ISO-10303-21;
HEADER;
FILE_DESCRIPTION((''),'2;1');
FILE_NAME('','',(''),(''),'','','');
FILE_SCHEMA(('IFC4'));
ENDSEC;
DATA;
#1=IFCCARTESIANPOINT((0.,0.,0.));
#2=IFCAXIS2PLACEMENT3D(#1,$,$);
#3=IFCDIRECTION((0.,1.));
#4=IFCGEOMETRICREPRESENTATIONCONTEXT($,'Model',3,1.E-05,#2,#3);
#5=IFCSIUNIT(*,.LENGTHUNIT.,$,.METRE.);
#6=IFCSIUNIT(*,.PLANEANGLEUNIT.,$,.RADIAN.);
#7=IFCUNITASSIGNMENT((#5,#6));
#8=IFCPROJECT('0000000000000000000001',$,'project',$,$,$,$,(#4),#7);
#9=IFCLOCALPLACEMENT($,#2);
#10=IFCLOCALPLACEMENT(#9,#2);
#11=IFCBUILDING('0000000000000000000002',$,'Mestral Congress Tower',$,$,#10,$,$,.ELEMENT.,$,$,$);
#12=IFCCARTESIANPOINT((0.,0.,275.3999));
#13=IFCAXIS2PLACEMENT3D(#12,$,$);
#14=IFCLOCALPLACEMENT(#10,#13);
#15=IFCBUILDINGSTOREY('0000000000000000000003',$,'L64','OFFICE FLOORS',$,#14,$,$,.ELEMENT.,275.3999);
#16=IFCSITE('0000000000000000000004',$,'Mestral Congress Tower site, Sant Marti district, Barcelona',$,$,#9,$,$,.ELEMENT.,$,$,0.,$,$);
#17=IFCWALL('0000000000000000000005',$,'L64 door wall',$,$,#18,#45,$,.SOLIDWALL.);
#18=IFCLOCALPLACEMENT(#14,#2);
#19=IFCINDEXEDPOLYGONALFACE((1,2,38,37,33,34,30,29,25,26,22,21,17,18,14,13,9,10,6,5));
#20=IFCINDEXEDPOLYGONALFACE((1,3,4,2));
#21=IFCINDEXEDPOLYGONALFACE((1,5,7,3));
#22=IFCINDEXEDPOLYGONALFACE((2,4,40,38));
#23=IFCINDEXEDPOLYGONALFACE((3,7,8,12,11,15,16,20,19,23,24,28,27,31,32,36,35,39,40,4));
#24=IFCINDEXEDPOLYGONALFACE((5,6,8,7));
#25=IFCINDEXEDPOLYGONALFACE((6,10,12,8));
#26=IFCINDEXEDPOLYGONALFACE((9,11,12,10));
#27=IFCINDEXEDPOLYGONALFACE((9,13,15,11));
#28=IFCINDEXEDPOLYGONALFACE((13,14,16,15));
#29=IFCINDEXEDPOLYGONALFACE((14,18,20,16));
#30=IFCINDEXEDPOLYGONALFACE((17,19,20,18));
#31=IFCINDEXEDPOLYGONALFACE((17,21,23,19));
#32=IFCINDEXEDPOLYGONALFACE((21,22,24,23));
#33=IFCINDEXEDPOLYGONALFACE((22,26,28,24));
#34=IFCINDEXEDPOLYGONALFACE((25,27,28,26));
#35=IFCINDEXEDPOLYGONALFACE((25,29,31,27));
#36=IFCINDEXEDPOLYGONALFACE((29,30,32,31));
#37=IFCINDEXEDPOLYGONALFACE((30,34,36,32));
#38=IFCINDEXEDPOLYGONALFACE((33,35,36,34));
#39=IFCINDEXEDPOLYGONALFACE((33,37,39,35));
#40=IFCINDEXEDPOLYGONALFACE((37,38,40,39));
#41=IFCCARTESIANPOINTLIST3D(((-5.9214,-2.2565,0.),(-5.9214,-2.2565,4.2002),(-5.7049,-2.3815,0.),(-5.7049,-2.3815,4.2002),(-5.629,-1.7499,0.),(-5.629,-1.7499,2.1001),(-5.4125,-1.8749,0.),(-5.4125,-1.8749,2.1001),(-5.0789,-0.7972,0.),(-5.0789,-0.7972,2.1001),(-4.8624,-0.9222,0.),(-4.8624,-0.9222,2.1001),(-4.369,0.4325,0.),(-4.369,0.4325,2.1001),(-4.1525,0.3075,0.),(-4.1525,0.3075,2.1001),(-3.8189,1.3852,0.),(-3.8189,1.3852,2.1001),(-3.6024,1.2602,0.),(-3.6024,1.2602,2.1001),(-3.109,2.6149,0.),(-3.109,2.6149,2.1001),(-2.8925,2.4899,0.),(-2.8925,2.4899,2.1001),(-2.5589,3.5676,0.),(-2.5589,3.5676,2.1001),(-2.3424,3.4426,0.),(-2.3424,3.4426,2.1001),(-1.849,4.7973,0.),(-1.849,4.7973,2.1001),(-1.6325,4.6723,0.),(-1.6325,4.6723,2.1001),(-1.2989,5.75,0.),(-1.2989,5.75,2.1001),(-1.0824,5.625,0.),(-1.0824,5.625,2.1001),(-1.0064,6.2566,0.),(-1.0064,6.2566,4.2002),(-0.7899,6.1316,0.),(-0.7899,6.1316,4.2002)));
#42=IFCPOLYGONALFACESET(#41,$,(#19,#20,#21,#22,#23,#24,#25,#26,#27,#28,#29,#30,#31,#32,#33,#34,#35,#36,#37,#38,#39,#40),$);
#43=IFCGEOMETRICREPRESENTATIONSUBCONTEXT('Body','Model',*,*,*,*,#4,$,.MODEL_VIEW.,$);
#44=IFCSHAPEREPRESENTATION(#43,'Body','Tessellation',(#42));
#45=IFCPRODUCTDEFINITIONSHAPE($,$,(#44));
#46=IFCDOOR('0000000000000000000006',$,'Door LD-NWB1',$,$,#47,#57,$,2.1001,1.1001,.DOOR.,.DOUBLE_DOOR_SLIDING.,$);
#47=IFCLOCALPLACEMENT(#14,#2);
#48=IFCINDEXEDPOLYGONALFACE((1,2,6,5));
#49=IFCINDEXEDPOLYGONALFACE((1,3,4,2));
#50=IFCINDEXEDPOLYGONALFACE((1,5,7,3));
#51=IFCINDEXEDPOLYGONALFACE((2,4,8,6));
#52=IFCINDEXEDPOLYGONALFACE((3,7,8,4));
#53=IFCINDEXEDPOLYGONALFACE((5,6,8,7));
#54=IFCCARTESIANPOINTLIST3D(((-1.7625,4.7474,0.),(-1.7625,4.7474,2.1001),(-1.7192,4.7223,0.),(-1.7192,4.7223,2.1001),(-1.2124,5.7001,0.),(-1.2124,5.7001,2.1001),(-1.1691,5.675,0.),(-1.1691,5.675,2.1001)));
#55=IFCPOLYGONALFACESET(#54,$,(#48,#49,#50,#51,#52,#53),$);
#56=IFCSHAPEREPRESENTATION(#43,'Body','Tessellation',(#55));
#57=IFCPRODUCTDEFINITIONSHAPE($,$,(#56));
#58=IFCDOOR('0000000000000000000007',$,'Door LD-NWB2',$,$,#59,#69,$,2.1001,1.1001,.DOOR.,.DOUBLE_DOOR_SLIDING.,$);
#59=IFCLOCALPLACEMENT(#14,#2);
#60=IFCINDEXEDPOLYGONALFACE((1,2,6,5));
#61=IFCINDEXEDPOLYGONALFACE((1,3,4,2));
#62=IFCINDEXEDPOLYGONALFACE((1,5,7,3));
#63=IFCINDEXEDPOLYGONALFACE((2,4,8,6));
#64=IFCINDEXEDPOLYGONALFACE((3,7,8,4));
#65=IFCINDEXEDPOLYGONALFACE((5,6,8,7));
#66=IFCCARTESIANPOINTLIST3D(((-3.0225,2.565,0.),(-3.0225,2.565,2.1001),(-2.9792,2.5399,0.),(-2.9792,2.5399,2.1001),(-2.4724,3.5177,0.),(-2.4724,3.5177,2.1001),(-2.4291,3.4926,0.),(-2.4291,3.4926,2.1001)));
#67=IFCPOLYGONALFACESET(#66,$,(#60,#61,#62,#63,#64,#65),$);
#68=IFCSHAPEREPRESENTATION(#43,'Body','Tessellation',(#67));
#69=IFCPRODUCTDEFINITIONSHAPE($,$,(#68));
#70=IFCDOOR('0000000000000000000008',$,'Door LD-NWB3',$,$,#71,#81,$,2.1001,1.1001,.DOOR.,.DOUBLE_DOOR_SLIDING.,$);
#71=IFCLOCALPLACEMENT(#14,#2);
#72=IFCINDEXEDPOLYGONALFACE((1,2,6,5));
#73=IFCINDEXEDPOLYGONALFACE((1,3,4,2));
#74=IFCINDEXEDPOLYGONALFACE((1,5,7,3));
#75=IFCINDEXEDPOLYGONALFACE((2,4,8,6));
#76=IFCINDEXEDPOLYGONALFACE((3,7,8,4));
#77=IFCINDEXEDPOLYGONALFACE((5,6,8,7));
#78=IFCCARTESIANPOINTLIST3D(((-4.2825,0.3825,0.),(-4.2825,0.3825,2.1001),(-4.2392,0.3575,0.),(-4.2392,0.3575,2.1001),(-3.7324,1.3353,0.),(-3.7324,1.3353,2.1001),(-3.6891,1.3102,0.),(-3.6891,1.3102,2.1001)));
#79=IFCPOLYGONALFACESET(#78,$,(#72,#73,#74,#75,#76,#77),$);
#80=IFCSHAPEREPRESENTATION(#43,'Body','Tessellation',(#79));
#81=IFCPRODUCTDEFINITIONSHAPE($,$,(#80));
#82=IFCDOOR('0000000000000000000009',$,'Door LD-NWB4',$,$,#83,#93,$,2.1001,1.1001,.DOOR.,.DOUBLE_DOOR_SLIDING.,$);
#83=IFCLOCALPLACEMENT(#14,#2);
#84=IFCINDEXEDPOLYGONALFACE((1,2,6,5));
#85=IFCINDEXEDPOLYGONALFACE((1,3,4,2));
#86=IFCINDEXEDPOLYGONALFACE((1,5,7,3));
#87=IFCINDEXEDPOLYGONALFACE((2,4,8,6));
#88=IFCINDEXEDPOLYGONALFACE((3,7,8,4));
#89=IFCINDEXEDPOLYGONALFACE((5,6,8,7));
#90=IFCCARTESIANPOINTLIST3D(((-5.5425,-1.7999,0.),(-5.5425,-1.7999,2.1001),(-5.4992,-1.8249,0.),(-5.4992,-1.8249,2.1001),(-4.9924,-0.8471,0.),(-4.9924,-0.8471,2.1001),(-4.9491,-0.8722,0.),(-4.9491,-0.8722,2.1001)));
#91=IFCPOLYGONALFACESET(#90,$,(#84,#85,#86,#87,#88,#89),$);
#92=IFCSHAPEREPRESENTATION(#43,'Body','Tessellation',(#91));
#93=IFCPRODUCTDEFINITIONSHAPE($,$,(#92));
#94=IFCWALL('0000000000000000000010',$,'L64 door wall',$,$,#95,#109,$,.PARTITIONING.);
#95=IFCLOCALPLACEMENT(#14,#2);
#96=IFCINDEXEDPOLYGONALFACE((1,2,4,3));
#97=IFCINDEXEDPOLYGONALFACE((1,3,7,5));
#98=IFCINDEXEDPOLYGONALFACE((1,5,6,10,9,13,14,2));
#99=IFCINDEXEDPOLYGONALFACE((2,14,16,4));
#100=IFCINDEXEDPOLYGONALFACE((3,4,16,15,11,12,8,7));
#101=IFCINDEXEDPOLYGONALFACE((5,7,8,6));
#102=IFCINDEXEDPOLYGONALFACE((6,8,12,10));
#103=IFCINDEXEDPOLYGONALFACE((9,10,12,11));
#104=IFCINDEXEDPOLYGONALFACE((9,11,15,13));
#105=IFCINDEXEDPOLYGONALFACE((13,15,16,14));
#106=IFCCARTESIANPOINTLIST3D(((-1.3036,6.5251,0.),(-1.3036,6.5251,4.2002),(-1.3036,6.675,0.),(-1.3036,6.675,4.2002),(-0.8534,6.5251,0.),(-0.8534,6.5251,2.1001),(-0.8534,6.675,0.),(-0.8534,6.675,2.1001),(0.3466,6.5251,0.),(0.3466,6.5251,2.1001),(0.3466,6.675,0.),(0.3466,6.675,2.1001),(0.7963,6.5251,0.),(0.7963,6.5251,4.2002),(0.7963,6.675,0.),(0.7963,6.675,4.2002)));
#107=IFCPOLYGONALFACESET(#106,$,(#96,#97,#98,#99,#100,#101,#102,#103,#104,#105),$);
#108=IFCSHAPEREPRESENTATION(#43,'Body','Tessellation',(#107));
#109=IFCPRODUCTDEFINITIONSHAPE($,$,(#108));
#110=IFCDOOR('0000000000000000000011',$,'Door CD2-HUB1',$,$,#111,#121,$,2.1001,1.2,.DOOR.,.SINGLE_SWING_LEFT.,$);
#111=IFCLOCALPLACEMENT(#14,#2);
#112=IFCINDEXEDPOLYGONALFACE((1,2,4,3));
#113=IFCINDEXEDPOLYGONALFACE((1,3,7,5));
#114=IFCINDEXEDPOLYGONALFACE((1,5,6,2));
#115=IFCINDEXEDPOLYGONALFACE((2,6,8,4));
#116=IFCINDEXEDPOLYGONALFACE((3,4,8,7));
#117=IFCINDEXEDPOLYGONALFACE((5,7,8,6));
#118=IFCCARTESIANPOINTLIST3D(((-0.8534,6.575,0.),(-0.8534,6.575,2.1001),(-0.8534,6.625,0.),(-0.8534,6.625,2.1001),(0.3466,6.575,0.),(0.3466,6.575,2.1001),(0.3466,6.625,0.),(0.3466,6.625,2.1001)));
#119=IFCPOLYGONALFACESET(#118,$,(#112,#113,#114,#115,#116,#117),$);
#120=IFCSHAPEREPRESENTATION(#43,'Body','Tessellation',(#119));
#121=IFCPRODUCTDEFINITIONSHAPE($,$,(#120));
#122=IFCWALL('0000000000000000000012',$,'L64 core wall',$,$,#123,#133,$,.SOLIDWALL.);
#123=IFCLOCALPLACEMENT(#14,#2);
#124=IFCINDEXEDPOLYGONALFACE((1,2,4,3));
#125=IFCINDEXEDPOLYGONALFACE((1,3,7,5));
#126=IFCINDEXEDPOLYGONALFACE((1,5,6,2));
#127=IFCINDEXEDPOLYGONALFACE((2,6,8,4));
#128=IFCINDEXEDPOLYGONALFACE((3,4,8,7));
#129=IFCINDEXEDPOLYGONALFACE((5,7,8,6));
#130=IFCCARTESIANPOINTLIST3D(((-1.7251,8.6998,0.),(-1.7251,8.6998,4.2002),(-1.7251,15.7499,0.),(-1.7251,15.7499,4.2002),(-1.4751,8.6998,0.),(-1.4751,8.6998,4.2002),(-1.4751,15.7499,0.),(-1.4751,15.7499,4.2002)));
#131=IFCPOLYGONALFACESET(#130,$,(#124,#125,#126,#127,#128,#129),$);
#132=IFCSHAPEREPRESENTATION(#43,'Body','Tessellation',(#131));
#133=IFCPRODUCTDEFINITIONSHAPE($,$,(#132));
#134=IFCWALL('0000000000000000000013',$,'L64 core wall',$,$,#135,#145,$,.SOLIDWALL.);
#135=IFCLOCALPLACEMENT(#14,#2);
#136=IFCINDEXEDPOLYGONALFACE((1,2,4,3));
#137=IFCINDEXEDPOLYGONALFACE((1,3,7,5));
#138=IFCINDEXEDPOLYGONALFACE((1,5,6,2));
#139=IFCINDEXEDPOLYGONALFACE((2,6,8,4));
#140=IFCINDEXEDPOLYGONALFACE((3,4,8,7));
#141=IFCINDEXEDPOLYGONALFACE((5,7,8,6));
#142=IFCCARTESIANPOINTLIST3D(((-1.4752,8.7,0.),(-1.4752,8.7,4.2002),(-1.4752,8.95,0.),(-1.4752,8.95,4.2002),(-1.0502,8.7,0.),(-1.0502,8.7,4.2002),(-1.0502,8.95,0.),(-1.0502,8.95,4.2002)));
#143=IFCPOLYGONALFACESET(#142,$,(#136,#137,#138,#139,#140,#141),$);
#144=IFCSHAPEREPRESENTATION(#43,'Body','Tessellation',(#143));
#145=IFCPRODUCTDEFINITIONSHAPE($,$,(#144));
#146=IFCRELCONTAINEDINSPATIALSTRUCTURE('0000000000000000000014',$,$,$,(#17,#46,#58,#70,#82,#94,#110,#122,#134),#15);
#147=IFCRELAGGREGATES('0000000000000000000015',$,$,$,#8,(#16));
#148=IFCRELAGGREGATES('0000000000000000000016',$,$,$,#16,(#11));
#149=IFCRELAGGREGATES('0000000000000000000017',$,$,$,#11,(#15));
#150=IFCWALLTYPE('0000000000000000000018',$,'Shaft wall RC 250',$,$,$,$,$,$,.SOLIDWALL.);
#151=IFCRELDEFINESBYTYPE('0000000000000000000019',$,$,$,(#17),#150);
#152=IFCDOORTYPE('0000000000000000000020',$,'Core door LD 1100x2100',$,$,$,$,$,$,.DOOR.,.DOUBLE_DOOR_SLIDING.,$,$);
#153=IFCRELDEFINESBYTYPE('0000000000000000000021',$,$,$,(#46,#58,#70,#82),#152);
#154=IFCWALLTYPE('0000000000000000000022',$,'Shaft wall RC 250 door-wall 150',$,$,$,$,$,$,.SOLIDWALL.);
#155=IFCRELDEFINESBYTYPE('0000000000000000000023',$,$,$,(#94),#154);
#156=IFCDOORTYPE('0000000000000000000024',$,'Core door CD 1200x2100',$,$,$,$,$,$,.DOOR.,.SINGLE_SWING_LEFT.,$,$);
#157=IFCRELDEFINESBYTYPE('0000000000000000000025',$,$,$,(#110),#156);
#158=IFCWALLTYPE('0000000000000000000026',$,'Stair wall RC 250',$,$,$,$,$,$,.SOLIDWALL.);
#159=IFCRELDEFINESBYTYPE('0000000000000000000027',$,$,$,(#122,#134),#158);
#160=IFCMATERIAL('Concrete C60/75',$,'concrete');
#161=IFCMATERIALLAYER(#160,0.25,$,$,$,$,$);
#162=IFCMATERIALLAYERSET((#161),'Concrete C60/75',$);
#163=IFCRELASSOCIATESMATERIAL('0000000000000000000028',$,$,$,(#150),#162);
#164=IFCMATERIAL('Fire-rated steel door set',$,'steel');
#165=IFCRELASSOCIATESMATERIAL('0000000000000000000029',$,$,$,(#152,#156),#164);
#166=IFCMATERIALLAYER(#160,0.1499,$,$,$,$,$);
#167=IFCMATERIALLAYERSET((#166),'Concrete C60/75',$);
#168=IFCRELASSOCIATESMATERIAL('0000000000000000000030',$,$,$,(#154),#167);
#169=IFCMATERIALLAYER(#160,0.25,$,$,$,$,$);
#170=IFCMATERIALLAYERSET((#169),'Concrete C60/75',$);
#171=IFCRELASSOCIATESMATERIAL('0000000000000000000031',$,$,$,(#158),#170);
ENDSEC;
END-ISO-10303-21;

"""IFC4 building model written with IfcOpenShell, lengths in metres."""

from ifc_helpers import new_model, si_unit, direction, frame, frame_2d, origin, place, context, subcontext, project, spatial, rectangle, extrude, material, layer, layer_set, type_object, element, fill, save


model = new_model("IFC4")

# Units and contexts
model_context = context("Model", 3, precision=1e-05, world=origin(), true_north=direction((0.0, 1.0)))
body_context = subcontext(model_context, "Body", "Model", "MODEL_VIEW")
ifc_project = project(units=[si_unit("LENGTHUNIT", "METRE"), si_unit("PLANEANGLEUNIT", "RADIAN")], contexts=[model_context])

# Site, building, storey
site_placement = place(None, origin())
site = spatial("IfcSite", under=ifc_project, at=site_placement, Name="Mestral Congress Tower site, Sant Marti district, Barcelona", CompositionType="ELEMENT", RefElevation=0.0)
building_placement = place(site_placement, origin())
building = spatial("IfcBuilding", under=site, at=building_placement, Name="Mestral Congress Tower", CompositionType="ELEMENT")
storey_placement = place(building_placement, frame((0.0, 0.0, 275.3999)))
storey = spatial("IfcBuildingStorey", under=building, at=storey_placement, Name="L64", Description="OFFICE FLOORS", CompositionType="ELEMENT", Elevation=275.3999)

# Shared definitions
ifc_material_1 = material(Name="Concrete C60/75", Category="concrete")

# Shared definitions
ifc_material_2 = material(Name="Fire-rated steel door set", Category="steel")

# Shared definitions
ifc_layer_1 = layer(ifc_material_1, 0.25)
ifc_layer_set_1 = layer_set([ifc_layer_1], Name="Concrete C60/75")
wall_type_1 = type_object("IfcWallType", Name="Shaft wall RC 250", PredefinedType="SOLIDWALL", material=ifc_layer_set_1)

# Wall, openings, doors
wall_1_placement = place(storey_placement, frame((-0.8982, 6.1941, 0.0), z_axis=(0.0, 0.0, 1.0), x_axis=(-0.499996, -0.866028, 0.0)))
wall_1 = element("IfcWall", 1, at=wall_1_placement, inside=storey, type_object=wall_type_1, Name="L64 door wall", PredefinedType="SOLIDWALL", context=body_context, shape_type="SweptSolid", body=[
    extrude(rectangle(XDim=9.8301, YDim=0.25, at=frame_2d((4.915, 0.0))), origin(), (0.0, 0.0, 1.0), 4.2002),
])
opening_1_placement = place(wall_1_placement, frame((0.585, 0.0, 0.0)))
opening_1 = element("IfcOpeningElement", 2, at=opening_1_placement, cuts=wall_1, PredefinedType="OPENING", context=body_context, shape_type="SweptSolid", body=[
    extrude(rectangle(XDim=1.1001, YDim=2.1001, at=frame_2d((0.55, 1.05))), frame((0.0, 0.135, 0.0), z_axis=(0.0, -1.0, 0.0), x_axis=(1.0, 0.0, 0.0)), (0.0, 0.0, 1.0), 0.27),
])
opening_2_placement = place(wall_1_placement, frame((3.105, 0.0, 0.0)))
opening_2 = element("IfcOpeningElement", 3, at=opening_2_placement, cuts=wall_1, PredefinedType="OPENING", context=body_context, shape_type="SweptSolid", body=[
    extrude(rectangle(XDim=1.1001, YDim=2.1001, at=frame_2d((0.55, 1.05))), frame((0.0, 0.135, 0.0), z_axis=(0.0, -1.0, 0.0), x_axis=(1.0, 0.0, 0.0)), (0.0, 0.0, 1.0), 0.27),
])
opening_3_placement = place(wall_1_placement, frame((5.625, 0.0, 0.0)))
opening_3 = element("IfcOpeningElement", 4, at=opening_3_placement, cuts=wall_1, PredefinedType="OPENING", context=body_context, shape_type="SweptSolid", body=[
    extrude(rectangle(XDim=1.1001, YDim=2.1001, at=frame_2d((0.55, 1.05))), frame((0.0, 0.135, 0.0), z_axis=(0.0, -1.0, 0.0), x_axis=(1.0, 0.0, 0.0)), (0.0, 0.0, 1.0), 0.27),
])
opening_4_placement = place(wall_1_placement, frame((8.145, 0.0, 0.0)))
opening_4 = element("IfcOpeningElement", 5, at=opening_4_placement, cuts=wall_1, PredefinedType="OPENING", context=body_context, shape_type="SweptSolid", body=[
    extrude(rectangle(XDim=1.1001, YDim=2.1001, at=frame_2d((0.55, 1.05))), frame((0.0, 0.135, 0.0), z_axis=(0.0, -1.0, 0.0), x_axis=(1.0, 0.0, 0.0)), (0.0, 0.0, 1.0), 0.27),
])
door_type_1 = type_object("IfcDoorType", Name="Core door LD 1100x2100", OperationType="DOUBLE_DOOR_SLIDING", PredefinedType="DOOR", material=ifc_material_2)
door_1_placement = place(opening_1_placement, origin())
door_1 = element("IfcDoor", 6, at=door_1_placement, inside=storey, type_object=door_type_1, Name="Door LD-NWB1", OperationType="DOUBLE_DOOR_SLIDING", OverallHeight=2.1001, OverallWidth=1.1001, PredefinedType="DOOR", context=body_context, shape_type="SweptSolid", body=[
    extrude(rectangle(XDim=1.1001, YDim=2.1001, at=frame_2d((0.55, 1.05))), frame((0.0, 0.0249, 0.0), z_axis=(0.0, -1.0, 0.0), x_axis=(1.0, 0.0, 0.0)), (0.0, 0.0, 1.0), 0.05),
])
fill(opening_1, door_1)
door_2_placement = place(opening_2_placement, origin())
door_2 = element("IfcDoor", 7, at=door_2_placement, inside=storey, type_object=door_type_1, Name="Door LD-NWB2", OperationType="DOUBLE_DOOR_SLIDING", OverallHeight=2.1001, OverallWidth=1.1001, PredefinedType="DOOR", context=body_context, shape_type="SweptSolid", body=[
    extrude(rectangle(XDim=1.1001, YDim=2.1001, at=frame_2d((0.55, 1.05))), frame((0.0, 0.0249, 0.0), z_axis=(0.0, -1.0, 0.0), x_axis=(1.0, 0.0, 0.0)), (0.0, 0.0, 1.0), 0.05),
])
fill(opening_2, door_2)
door_3_placement = place(opening_3_placement, origin())
door_3 = element("IfcDoor", 8, at=door_3_placement, inside=storey, type_object=door_type_1, Name="Door LD-NWB3", OperationType="DOUBLE_DOOR_SLIDING", OverallHeight=2.1001, OverallWidth=1.1001, PredefinedType="DOOR", context=body_context, shape_type="SweptSolid", body=[
    extrude(rectangle(XDim=1.1001, YDim=2.1001, at=frame_2d((0.55, 1.05))), frame((0.0, 0.0249, 0.0), z_axis=(0.0, -1.0, 0.0), x_axis=(1.0, 0.0, 0.0)), (0.0, 0.0, 1.0), 0.05),
])
fill(opening_3, door_3)
door_4_placement = place(opening_4_placement, origin())
door_4 = element("IfcDoor", 9, at=door_4_placement, inside=storey, type_object=door_type_1, Name="Door LD-NWB4", OperationType="DOUBLE_DOOR_SLIDING", OverallHeight=2.1001, OverallWidth=1.1001, PredefinedType="DOOR", context=body_context, shape_type="SweptSolid", body=[
    extrude(rectangle(XDim=1.1001, YDim=2.1001, at=frame_2d((0.55, 1.05))), frame((0.0, 0.0249, 0.0), z_axis=(0.0, -1.0, 0.0), x_axis=(1.0, 0.0, 0.0)), (0.0, 0.0, 1.0), 0.05),
])
fill(opening_4, door_4)

# Wall, opening, door
ifc_layer_2 = layer(ifc_material_1, 0.1499)
ifc_layer_set_2 = layer_set([ifc_layer_2], Name="Concrete C60/75")
wall_type_2 = type_object("IfcWallType", Name="Shaft wall RC 250 door-wall 150", PredefinedType="SOLIDWALL", material=ifc_layer_set_2)
wall_2_placement = place(storey_placement, frame((-1.3035, 6.6001, 0.0), z_axis=(0.0, 0.0, 1.0), x_axis=(1.0, 0.0, 0.0)))
wall_2 = element("IfcWall", 10, at=wall_2_placement, inside=storey, type_object=wall_type_2, Name="L64 door wall", PredefinedType="PARTITIONING", context=body_context, shape_type="SweptSolid", body=[
    extrude(rectangle(XDim=2.0999, YDim=0.1499, at=frame_2d((1.0498, 0.0))), origin(), (0.0, 0.0, 1.0), 4.2002),
])
opening_5_placement = place(wall_2_placement, frame((0.45, 0.0, 0.0)))
opening_5 = element("IfcOpeningElement", 11, at=opening_5_placement, cuts=wall_2, PredefinedType="OPENING", context=body_context, shape_type="SweptSolid", body=[
    extrude(rectangle(XDim=1.2, YDim=2.1001, at=frame_2d((0.6001, 1.05))), frame((0.0, 0.085, 0.0), z_axis=(0.0, -1.0, 0.0), x_axis=(1.0, 0.0, 0.0)), (0.0, 0.0, 1.0), 0.1699),
])
door_type_2 = type_object("IfcDoorType", Name="Core door CD 1200x2100", OperationType="SINGLE_SWING_LEFT", PredefinedType="DOOR", material=ifc_material_2)
door_5_placement = place(opening_5_placement, origin())
door_5 = element("IfcDoor", 12, at=door_5_placement, inside=storey, type_object=door_type_2, Name="Door CD2-HUB1", OperationType="SINGLE_SWING_LEFT", OverallHeight=2.1001, OverallWidth=1.2, PredefinedType="DOOR", context=body_context, shape_type="SweptSolid", body=[
    extrude(rectangle(XDim=1.2, YDim=2.1001, at=frame_2d((0.6001, 1.05))), frame((0.0, 0.0249, 0.0), z_axis=(0.0, -1.0, 0.0), x_axis=(1.0, 0.0, 0.0)), (0.0, 0.0, 1.0), 0.05),
])
fill(opening_5, door_5)

# Walls
ifc_layer_3 = layer(ifc_material_1, 0.25)
ifc_layer_set_3 = layer_set([ifc_layer_3], Name="Concrete C60/75")
wall_type_3 = type_object("IfcWallType", Name="Stair wall RC 250", PredefinedType="SOLIDWALL", material=ifc_layer_set_3)
wall_3_placement = place(storey_placement, frame((-1.6001, 8.7, 0.0), z_axis=(0.0, 0.0, 1.0), x_axis=(0.0, 1.0, 0.0)))
element("IfcWall", 13, at=wall_3_placement, inside=storey, type_object=wall_type_3, Name="L64 core wall", PredefinedType="SOLIDWALL", context=body_context, shape_type="SweptSolid", body=[
    extrude(rectangle(XDim=7.05, YDim=0.25, at=frame_2d((3.5249, 0.0))), origin(), (0.0, 0.0, 1.0), 4.2002),
])
wall_4_placement = place(storey_placement, frame((-1.4751, 8.825, 0.0), z_axis=(0.0, 0.0, 1.0), x_axis=(1.0, 0.0, 0.0)))
element("IfcWall", 14, at=wall_4_placement, inside=storey, type_object=wall_type_3, Name="L64 core wall", PredefinedType="SOLIDWALL", context=body_context, shape_type="SweptSolid", body=[
    extrude(rectangle(XDim=0.425, YDim=0.25, at=frame_2d((0.2124, 0.0))), origin(), (0.0, 0.0, 1.0), 4.2002),
])

save(model, "model.ifc")
